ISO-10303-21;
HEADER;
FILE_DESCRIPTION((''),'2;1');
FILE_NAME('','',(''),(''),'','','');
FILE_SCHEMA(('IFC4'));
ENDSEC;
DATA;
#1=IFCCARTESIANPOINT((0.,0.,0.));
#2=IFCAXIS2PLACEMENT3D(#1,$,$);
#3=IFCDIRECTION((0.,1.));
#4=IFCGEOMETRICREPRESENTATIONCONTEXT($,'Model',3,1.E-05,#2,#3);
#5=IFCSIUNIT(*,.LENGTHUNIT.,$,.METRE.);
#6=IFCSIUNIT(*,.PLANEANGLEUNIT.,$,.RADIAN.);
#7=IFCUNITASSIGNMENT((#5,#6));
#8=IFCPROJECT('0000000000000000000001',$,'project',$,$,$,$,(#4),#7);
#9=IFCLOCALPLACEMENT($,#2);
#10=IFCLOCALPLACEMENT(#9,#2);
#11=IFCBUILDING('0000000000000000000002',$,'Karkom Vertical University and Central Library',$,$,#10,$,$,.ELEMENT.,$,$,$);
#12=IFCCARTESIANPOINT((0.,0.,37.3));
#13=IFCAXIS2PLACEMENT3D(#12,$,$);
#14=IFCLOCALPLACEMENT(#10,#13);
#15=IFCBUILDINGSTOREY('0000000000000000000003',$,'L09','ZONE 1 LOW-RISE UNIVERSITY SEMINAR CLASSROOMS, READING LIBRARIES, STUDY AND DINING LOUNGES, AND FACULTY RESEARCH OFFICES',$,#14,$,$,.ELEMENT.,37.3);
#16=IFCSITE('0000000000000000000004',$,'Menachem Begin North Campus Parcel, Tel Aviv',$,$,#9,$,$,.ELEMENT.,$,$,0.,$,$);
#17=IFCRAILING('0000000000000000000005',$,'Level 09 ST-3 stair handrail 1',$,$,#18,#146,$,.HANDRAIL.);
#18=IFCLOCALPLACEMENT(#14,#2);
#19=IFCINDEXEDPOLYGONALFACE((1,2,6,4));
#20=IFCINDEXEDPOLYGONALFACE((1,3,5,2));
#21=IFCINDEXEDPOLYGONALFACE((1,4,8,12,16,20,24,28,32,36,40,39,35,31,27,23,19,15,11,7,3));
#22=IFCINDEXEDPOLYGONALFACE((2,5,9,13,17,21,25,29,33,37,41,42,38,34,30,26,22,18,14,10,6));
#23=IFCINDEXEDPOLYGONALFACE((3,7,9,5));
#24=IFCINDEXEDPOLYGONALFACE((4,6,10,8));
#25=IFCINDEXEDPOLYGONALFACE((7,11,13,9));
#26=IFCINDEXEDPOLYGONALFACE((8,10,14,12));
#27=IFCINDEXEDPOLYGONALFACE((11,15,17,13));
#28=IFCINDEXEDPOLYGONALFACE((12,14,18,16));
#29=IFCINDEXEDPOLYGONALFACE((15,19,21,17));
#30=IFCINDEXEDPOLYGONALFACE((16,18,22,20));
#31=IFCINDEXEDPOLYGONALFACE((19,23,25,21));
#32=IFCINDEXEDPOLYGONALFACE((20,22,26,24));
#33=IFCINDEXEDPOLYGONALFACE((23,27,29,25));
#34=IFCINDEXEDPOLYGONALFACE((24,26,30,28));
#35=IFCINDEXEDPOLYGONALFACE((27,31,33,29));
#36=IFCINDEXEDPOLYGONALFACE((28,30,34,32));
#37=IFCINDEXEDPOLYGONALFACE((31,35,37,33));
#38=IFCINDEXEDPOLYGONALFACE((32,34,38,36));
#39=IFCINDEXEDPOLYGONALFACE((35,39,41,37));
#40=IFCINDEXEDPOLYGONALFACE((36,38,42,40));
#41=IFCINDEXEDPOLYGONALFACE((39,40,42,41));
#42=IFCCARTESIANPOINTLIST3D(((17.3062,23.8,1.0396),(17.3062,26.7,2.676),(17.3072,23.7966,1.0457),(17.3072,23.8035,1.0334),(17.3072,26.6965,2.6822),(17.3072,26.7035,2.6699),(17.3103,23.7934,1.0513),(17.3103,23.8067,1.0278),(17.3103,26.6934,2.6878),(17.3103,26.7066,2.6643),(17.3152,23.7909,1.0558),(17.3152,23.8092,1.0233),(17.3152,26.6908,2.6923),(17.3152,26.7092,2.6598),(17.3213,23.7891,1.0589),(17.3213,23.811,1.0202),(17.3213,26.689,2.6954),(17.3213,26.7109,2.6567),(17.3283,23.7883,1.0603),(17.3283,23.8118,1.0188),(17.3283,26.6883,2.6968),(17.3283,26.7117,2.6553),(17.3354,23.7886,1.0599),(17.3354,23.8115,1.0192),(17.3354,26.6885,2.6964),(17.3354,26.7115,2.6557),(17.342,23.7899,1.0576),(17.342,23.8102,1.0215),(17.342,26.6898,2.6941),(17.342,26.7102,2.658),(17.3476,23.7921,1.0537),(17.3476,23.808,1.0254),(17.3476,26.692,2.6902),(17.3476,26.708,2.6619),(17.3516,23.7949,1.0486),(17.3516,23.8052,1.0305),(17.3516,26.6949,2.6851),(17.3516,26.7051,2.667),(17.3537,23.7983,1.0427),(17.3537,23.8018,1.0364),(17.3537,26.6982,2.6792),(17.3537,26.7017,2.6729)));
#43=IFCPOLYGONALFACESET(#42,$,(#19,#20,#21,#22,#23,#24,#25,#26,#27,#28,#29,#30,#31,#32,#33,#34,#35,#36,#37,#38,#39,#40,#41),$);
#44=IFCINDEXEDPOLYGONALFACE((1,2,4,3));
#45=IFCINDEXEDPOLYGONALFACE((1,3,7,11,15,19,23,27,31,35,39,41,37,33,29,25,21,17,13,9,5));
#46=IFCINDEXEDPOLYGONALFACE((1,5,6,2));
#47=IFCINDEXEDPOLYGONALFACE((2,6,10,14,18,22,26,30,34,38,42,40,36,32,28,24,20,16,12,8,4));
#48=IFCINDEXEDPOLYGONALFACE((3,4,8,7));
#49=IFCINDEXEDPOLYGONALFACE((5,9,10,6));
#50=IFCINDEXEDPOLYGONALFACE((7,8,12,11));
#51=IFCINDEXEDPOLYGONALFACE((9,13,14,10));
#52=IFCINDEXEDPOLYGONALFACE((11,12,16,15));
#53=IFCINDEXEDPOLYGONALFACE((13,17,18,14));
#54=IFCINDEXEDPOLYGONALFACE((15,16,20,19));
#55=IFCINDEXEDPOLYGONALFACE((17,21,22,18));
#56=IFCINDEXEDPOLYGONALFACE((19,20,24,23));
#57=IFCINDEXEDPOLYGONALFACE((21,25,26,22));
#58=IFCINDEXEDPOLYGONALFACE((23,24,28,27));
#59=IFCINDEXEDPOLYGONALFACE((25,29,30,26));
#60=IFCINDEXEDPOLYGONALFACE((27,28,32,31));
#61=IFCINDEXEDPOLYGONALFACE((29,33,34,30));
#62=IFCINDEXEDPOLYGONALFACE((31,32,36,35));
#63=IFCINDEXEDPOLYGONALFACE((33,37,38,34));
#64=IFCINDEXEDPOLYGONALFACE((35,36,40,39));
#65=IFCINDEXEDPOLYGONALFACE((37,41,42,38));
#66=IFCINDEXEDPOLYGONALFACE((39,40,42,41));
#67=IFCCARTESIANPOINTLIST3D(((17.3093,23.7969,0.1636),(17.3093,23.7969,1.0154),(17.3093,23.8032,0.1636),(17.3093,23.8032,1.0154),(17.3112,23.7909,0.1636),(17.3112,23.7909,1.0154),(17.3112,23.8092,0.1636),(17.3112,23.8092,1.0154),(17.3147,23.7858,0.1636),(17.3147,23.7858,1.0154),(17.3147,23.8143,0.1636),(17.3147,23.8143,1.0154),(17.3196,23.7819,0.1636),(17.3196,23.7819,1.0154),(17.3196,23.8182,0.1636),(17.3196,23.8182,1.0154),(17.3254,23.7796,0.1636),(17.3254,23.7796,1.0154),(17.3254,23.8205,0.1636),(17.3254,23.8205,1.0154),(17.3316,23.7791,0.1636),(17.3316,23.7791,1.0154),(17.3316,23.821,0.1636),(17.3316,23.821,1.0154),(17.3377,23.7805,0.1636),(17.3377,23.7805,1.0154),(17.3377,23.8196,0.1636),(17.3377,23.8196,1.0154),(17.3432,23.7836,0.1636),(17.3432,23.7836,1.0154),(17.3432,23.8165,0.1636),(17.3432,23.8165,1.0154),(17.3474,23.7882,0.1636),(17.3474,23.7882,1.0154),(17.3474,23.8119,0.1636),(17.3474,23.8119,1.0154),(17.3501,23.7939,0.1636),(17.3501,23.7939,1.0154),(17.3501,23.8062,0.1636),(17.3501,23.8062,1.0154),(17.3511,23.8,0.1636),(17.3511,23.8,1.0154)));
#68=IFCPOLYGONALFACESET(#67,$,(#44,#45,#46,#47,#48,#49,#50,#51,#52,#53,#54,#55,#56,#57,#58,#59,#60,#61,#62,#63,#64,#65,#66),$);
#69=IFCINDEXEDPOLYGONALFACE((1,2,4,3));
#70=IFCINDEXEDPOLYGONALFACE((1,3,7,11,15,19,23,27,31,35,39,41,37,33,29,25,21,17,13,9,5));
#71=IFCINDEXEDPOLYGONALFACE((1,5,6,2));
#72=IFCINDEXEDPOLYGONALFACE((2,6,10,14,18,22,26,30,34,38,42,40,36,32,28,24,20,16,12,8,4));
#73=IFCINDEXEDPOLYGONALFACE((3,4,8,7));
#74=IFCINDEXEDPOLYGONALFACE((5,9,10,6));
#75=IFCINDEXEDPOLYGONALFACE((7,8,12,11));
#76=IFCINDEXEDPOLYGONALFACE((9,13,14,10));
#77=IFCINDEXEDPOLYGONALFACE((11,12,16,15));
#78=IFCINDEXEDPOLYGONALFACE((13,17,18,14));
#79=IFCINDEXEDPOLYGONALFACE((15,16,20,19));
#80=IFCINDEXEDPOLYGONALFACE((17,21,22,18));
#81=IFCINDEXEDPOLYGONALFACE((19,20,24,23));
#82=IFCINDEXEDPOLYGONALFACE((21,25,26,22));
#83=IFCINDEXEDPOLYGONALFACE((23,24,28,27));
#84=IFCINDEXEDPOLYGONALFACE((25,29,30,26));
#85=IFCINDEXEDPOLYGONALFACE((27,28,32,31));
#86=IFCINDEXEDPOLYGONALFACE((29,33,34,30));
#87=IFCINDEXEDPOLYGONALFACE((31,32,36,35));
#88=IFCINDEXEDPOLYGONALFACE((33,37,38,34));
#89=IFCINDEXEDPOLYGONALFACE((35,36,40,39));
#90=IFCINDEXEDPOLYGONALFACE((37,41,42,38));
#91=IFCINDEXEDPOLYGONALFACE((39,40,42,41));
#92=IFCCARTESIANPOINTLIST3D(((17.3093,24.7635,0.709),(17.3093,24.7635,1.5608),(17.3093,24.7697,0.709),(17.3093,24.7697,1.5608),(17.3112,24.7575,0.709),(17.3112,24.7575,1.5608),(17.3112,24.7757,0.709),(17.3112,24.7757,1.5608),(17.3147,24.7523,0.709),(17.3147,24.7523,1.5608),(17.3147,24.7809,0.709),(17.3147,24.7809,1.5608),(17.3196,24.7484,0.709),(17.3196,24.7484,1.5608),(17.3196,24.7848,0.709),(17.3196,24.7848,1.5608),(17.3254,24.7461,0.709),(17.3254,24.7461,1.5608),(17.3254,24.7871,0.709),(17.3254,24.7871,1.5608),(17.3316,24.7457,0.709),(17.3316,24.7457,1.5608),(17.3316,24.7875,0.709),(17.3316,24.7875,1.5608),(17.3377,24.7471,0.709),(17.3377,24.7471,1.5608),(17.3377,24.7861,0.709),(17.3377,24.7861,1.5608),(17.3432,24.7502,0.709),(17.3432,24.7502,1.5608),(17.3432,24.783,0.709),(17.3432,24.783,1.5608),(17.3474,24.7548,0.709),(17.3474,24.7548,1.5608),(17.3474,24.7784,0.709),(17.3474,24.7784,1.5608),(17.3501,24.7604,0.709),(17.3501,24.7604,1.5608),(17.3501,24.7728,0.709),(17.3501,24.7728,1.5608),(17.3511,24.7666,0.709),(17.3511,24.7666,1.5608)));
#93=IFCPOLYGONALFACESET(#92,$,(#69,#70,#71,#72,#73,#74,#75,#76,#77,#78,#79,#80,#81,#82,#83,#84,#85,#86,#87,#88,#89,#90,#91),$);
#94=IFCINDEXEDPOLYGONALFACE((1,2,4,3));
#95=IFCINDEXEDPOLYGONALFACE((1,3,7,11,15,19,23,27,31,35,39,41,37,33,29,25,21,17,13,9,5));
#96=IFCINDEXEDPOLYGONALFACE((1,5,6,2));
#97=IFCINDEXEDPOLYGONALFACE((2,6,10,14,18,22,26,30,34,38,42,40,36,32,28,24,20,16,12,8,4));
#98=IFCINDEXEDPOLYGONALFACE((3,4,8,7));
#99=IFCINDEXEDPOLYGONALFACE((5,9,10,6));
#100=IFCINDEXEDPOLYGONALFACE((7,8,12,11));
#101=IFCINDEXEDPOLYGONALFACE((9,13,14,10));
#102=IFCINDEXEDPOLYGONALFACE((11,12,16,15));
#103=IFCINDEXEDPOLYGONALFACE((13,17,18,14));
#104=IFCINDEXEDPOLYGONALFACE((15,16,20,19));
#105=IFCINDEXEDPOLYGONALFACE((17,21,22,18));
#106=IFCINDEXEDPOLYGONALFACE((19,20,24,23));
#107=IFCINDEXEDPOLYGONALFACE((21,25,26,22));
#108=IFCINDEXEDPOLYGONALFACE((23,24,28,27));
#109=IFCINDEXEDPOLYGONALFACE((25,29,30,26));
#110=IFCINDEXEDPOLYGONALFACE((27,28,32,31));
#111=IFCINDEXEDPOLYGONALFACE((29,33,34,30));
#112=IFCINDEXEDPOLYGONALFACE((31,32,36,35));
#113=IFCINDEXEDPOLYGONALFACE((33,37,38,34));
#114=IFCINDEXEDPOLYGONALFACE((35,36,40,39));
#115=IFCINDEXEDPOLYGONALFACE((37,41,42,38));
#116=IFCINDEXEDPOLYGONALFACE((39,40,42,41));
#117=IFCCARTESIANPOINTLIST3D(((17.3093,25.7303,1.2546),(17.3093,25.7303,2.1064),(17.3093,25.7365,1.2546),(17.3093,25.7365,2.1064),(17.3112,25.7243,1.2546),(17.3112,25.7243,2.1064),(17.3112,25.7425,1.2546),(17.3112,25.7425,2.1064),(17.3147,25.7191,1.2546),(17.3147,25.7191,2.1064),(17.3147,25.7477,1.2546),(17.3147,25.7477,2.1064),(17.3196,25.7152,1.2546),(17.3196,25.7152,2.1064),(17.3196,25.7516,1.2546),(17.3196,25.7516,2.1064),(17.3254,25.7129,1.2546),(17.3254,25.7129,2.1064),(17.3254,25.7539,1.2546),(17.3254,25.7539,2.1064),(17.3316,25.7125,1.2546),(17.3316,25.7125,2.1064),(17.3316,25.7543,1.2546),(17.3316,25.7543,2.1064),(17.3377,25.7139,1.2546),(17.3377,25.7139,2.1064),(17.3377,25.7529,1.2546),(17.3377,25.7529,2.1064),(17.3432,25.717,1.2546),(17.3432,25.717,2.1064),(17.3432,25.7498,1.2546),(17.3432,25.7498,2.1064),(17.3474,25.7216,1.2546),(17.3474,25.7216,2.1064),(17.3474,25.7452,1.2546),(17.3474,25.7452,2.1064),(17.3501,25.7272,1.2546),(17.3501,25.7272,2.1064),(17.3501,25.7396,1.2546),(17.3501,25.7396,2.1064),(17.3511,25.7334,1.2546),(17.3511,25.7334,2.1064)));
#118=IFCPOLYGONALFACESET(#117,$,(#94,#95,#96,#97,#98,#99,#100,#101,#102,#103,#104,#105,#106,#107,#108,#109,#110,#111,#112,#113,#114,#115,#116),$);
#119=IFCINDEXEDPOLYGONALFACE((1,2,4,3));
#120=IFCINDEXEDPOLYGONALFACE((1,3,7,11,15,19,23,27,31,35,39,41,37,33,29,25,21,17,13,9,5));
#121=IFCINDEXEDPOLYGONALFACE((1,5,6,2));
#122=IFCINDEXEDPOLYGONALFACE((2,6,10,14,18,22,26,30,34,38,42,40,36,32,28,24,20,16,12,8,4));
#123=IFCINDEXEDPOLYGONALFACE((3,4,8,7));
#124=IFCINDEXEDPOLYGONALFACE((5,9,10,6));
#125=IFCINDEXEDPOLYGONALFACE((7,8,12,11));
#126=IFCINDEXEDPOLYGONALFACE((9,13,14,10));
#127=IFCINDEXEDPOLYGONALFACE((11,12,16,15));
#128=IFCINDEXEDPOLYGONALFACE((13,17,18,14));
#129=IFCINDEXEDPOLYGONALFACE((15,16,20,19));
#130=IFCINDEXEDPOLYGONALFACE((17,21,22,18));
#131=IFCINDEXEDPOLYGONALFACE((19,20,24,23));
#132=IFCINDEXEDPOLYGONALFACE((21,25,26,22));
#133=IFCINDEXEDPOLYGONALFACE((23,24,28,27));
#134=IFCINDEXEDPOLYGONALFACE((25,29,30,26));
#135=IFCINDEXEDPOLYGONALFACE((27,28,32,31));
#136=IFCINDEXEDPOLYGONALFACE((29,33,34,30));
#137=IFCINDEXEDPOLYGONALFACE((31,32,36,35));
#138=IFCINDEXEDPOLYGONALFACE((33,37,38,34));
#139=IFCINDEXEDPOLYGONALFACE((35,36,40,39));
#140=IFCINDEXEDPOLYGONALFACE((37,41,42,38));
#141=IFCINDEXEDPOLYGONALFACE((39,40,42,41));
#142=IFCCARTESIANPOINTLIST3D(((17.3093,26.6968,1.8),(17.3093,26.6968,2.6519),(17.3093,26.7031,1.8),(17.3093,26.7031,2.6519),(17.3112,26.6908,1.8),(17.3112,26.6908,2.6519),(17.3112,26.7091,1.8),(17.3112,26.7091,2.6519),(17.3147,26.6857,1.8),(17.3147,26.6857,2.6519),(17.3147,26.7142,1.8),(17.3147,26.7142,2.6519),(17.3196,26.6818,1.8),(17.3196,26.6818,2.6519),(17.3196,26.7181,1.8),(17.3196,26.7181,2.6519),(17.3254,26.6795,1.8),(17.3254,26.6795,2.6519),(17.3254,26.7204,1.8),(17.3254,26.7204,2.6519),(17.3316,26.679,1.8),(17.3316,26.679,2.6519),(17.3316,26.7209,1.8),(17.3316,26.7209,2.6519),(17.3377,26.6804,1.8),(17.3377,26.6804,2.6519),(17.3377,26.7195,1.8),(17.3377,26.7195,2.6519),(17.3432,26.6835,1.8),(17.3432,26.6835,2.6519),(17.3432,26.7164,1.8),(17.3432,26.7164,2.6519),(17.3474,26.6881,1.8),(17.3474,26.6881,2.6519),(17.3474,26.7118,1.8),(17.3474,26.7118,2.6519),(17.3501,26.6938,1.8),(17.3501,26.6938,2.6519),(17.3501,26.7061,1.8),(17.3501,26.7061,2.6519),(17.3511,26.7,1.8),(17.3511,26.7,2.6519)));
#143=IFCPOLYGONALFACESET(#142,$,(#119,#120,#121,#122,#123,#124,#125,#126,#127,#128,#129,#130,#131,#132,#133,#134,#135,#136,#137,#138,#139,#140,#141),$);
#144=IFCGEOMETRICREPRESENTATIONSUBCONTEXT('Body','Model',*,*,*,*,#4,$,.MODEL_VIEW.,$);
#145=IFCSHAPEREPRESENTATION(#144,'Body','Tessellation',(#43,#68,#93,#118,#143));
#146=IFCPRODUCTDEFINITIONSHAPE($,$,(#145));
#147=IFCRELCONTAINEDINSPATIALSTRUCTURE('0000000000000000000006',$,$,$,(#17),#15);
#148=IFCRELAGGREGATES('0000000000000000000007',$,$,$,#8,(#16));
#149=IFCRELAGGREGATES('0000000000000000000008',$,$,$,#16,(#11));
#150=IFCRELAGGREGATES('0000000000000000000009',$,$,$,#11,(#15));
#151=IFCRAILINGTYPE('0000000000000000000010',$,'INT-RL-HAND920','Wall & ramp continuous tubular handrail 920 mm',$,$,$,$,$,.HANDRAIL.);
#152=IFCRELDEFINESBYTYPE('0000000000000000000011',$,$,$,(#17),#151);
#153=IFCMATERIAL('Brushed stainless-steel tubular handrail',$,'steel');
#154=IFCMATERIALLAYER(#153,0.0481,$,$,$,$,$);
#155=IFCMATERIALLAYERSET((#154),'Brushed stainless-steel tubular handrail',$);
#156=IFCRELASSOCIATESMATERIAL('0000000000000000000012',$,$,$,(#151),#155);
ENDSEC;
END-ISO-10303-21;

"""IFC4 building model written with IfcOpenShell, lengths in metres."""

from ifc_helpers import new_model, si_unit, direction, frame, origin, origin_2d, place, context, subcontext, project, spatial, circle, extrude, material, layer, layer_set, type_object, element, save


model = new_model("IFC4")

# Units and contexts
model_context = context("Model", 3, precision=1e-05, world=origin(), true_north=direction((0.0, 1.0)))
body_context = subcontext(model_context, "Body", "Model", "MODEL_VIEW")
ifc_project = project(units=[si_unit("LENGTHUNIT", "METRE"), si_unit("PLANEANGLEUNIT", "RADIAN")], contexts=[model_context])

# Site, building, storey
site_placement = place(None, origin())
site = spatial("IfcSite", under=ifc_project, at=site_placement, Name="Menachem Begin North Campus Parcel, Tel Aviv", CompositionType="ELEMENT", RefElevation=0.0)
building_placement = place(site_placement, origin())
building = spatial("IfcBuilding", under=site, at=building_placement, Name="Karkom Vertical University and Central Library", CompositionType="ELEMENT")
storey_placement = place(building_placement, frame((0.0, 0.0, 37.3)))
storey = spatial("IfcBuildingStorey", under=building, at=storey_placement, Name="L09", Description="ZONE 1 LOW-RISE UNIVERSITY SEMINAR CLASSROOMS, READING LIBRARIES, STUDY AND DINING LOUNGES, AND FACULTY RESEARCH OFFICES", CompositionType="ELEMENT", Elevation=37.3)

# Railing
ifc_material_1 = material(Name="Brushed stainless-steel tubular handrail", Category="steel")
ifc_layer_1 = layer(ifc_material_1, 0.0481)
ifc_layer_set_1 = layer_set([ifc_layer_1], Name="Brushed stainless-steel tubular handrail")
railing_type_1 = type_object("IfcRailingType", Name="INT-RL-HAND920", Description="Wall & ramp continuous tubular handrail 920 mm", PredefinedType="HANDRAIL", material=ifc_layer_set_1)
railing_1_placement = place(storey_placement, frame((17.3301, 23.8, 0.1636)))
element("IfcRailing", 1, at=railing_1_placement, inside=storey, type_object=railing_type_1, Name="Level 09 ST-3 stair handrail 1", PredefinedType="HANDRAIL", context=body_context, shape_type="SweptSolid", body=[
    extrude(circle(Radius=0.0239, at=origin_2d()), frame((0.0, 0.0, 0.876), z_axis=(0.0, 0.870897, 0.491465), x_axis=(-1.0, 0.0, 0.0)), (0.0, 0.0, 1.0), 3.3298),
    extrude(circle(Radius=0.021, at=origin_2d()), origin(), (0.0, 0.0, 1.0), 0.8518),
    extrude(circle(Radius=0.021, at=origin_2d()), frame((0.0, 0.9666, 0.5454)), (0.0, 0.0, 1.0), 0.8518),
    extrude(circle(Radius=0.021, at=origin_2d()), frame((0.0, 1.9333, 1.0911)), (0.0, 0.0, 1.0), 0.8518),
    extrude(circle(Radius=0.021, at=origin_2d()), frame((0.0, 2.8999, 1.6365)), (0.0, 0.0, 1.0), 0.8518),
])

save(model, "model.ifc")
